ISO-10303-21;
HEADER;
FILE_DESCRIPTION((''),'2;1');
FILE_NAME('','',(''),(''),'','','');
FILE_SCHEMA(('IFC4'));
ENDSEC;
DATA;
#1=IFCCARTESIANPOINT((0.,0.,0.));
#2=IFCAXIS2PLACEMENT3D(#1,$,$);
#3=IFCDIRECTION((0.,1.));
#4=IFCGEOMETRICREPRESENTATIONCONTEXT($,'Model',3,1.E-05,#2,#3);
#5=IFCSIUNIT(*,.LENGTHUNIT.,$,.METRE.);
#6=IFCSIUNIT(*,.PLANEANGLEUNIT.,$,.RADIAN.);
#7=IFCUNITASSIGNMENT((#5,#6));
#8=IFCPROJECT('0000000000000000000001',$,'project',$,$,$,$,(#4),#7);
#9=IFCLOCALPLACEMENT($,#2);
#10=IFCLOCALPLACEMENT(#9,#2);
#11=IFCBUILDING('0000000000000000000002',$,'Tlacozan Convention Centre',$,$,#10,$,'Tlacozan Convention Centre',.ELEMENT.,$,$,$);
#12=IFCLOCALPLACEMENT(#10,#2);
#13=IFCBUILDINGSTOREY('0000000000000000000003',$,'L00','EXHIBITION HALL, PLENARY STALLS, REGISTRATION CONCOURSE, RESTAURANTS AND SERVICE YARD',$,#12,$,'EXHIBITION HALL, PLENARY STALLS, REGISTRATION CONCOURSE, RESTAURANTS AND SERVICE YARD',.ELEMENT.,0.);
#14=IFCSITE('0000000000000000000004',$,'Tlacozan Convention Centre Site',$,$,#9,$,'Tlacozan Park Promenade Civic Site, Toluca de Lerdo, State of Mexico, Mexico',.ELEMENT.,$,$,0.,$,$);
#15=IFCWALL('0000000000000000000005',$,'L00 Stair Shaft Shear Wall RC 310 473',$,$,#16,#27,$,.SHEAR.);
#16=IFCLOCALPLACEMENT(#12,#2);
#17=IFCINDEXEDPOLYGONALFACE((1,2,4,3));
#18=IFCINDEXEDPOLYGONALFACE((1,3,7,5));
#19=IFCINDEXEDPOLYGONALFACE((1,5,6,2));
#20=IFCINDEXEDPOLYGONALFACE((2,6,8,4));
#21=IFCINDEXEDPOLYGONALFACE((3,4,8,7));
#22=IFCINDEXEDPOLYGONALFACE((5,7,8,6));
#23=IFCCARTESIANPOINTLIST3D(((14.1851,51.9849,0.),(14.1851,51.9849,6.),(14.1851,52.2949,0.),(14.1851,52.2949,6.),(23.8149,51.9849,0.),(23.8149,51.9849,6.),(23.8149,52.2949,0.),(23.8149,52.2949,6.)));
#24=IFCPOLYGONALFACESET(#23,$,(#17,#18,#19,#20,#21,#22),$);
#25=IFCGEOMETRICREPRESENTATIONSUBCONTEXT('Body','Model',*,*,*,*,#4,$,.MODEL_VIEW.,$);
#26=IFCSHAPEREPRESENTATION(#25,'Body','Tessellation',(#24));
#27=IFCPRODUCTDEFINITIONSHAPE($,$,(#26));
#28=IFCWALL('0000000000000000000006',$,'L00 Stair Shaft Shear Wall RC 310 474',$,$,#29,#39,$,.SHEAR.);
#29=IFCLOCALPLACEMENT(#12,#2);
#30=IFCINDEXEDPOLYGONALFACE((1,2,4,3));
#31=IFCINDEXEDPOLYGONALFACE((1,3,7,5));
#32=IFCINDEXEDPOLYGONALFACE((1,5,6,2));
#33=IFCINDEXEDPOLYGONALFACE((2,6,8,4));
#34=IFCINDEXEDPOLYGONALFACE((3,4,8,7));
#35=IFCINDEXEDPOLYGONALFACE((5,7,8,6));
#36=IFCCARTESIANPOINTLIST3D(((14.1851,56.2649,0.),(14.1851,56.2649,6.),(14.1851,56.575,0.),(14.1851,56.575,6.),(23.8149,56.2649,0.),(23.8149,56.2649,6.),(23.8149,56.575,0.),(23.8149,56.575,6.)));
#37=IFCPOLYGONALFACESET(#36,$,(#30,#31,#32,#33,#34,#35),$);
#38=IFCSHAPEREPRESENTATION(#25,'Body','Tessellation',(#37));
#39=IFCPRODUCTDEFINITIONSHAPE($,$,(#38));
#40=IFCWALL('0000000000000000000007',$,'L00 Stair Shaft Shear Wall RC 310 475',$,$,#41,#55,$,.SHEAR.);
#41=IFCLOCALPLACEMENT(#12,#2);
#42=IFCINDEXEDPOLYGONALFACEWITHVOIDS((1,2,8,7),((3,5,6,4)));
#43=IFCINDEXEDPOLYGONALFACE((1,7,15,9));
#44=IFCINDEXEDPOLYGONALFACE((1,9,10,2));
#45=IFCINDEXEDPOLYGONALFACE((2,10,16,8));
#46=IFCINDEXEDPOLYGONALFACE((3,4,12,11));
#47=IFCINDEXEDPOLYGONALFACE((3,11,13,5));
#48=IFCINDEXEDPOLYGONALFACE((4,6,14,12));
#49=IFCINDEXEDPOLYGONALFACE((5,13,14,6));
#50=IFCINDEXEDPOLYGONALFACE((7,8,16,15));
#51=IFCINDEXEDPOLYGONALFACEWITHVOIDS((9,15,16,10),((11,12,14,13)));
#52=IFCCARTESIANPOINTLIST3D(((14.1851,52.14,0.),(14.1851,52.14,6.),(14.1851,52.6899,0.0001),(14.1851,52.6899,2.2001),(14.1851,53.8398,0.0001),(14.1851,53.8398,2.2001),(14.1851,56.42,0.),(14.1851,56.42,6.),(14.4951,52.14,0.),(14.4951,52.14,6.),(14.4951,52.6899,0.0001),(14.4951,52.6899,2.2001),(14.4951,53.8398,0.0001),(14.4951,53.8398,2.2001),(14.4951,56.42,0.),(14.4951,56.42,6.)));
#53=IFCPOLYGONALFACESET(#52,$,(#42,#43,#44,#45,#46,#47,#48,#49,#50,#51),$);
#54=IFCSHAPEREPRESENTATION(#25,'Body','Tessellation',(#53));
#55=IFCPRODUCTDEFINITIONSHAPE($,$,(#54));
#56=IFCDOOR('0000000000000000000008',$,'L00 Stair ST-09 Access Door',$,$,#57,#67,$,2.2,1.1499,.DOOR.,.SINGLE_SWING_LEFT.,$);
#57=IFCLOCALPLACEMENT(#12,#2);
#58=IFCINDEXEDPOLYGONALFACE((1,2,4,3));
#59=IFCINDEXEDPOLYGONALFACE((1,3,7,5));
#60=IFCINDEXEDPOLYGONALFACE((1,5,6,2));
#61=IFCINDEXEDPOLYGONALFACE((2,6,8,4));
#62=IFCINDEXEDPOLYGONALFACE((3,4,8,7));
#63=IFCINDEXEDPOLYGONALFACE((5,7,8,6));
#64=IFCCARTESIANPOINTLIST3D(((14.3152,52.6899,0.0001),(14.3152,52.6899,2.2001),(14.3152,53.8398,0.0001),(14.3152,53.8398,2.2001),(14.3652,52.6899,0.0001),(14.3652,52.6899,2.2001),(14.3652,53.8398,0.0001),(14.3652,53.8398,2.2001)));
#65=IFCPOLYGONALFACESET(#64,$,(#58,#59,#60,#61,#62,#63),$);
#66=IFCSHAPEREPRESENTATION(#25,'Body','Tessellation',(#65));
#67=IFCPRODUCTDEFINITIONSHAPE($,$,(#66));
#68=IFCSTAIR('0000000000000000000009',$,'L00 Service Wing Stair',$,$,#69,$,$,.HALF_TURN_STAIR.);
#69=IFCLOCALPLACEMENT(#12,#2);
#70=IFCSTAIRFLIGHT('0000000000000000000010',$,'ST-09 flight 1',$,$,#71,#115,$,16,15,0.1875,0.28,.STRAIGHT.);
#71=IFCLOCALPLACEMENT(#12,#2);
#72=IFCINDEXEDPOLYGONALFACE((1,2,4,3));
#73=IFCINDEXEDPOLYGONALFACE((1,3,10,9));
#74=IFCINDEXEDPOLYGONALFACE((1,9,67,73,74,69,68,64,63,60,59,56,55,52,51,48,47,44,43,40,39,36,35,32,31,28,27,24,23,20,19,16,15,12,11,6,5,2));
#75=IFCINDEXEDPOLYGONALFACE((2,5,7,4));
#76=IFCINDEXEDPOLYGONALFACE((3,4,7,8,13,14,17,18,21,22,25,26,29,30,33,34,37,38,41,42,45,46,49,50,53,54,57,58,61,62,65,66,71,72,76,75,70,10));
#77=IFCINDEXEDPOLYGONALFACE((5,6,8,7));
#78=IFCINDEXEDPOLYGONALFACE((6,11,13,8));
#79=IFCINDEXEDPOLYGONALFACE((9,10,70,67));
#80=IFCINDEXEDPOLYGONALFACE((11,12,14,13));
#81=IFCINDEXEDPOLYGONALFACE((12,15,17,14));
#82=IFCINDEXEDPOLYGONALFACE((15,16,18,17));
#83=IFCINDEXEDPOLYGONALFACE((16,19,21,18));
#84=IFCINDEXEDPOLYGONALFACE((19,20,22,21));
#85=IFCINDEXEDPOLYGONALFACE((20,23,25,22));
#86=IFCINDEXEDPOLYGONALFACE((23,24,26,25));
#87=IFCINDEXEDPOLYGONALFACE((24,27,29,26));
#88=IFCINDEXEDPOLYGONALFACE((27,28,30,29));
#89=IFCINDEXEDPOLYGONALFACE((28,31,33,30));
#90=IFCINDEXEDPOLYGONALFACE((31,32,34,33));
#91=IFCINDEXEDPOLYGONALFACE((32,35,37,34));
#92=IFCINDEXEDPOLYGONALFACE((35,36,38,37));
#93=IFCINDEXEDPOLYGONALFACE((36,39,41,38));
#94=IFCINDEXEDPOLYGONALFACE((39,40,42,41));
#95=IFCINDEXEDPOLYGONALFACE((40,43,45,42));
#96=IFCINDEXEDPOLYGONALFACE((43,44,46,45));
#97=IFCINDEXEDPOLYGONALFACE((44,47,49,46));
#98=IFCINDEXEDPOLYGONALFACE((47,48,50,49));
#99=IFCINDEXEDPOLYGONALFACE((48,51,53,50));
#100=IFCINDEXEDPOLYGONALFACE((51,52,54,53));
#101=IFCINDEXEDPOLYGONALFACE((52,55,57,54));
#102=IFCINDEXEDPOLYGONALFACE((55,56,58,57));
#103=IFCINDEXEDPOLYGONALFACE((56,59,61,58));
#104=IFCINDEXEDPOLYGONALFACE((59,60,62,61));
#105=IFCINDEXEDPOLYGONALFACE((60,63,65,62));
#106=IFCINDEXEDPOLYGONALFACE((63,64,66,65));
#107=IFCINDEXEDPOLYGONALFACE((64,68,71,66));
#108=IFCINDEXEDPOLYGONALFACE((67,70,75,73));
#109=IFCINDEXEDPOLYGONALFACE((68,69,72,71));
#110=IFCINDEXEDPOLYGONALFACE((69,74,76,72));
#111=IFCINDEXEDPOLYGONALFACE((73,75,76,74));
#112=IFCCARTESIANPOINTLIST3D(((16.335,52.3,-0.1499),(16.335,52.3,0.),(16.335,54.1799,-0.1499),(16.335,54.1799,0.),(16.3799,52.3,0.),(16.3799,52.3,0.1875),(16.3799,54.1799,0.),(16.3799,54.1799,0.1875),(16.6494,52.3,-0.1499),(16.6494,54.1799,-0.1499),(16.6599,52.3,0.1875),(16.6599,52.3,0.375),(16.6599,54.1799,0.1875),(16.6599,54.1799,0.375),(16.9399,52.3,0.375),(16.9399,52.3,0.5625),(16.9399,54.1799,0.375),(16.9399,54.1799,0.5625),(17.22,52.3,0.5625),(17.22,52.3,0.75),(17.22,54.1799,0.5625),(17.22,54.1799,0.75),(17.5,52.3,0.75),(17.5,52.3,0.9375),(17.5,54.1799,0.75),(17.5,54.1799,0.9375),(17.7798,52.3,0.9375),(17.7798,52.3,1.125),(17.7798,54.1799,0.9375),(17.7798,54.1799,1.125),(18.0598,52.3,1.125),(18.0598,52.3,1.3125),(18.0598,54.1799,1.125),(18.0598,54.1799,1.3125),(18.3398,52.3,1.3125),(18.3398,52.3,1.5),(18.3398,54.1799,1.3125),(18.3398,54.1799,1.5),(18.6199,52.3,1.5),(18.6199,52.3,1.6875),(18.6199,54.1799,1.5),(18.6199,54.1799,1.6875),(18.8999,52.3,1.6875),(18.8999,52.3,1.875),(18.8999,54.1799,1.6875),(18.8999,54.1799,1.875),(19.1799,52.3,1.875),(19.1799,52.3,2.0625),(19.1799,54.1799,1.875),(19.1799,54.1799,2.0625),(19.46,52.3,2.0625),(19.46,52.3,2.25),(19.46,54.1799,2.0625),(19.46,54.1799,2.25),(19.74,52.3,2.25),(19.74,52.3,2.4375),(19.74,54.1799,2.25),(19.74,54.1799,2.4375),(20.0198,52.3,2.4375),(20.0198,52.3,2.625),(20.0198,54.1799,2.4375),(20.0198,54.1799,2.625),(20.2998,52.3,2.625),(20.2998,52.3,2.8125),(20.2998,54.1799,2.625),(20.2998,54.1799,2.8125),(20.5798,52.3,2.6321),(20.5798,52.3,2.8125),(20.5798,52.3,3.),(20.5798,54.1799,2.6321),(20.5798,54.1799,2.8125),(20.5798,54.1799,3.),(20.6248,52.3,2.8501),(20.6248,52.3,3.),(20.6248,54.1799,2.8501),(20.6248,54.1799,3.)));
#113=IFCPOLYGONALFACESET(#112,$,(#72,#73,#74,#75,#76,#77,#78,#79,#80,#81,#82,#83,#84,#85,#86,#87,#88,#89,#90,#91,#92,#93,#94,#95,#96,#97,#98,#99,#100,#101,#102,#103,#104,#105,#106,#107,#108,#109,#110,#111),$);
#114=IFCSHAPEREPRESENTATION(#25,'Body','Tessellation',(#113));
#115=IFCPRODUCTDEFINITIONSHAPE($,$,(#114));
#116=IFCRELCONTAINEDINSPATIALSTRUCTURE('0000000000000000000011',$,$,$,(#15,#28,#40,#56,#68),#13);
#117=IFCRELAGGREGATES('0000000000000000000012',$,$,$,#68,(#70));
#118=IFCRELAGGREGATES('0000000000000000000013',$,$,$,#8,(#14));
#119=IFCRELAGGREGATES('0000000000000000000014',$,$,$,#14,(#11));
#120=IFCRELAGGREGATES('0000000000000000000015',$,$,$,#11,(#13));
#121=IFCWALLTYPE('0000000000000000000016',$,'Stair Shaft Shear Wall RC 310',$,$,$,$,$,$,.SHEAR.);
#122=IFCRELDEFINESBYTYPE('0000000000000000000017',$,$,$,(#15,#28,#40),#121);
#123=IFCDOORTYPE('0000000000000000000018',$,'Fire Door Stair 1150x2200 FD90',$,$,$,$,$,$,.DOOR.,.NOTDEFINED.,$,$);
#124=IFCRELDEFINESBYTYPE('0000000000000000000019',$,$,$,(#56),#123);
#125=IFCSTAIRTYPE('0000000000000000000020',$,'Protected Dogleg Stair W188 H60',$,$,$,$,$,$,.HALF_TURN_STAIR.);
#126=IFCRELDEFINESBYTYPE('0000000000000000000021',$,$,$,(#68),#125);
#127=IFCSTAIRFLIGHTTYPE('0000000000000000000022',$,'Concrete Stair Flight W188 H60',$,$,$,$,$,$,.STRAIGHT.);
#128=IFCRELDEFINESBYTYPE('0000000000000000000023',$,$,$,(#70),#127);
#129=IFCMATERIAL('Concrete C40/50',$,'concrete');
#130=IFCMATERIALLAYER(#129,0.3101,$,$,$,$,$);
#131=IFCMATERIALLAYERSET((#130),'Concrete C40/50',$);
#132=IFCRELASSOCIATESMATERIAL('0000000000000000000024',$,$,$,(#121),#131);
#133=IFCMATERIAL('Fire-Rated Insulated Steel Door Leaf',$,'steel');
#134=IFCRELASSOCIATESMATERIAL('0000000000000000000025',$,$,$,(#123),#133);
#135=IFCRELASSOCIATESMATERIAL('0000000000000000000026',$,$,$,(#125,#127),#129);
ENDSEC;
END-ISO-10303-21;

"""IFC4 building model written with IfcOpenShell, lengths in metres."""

from ifc_helpers import new_model, si_unit, direction, frame, frame_2d, origin, place, context, subcontext, project, spatial, polyline, rectangle, outline, extrude, material, layer, layer_set, type_object, element, fill, aggregate, save


model = new_model("IFC4")

# Units and contexts
model_context = context("Model", 3, precision=1e-05, world=origin(), true_north=direction((0.0, 1.0)))
body_context = subcontext(model_context, "Body", "Model", "MODEL_VIEW")
ifc_project = project(units=[si_unit("LENGTHUNIT", "METRE"), si_unit("PLANEANGLEUNIT", "RADIAN")], contexts=[model_context])

# Site, building, storey
site_placement = place(None, origin())
site = spatial("IfcSite", under=ifc_project, at=site_placement, Name="Tlacozan Convention Centre Site", LongName="Tlacozan Park Promenade Civic Site, Toluca de Lerdo, State of Mexico, Mexico", CompositionType="ELEMENT", RefElevation=0.0)
building_placement = place(site_placement, origin())
building = spatial("IfcBuilding", under=site, at=building_placement, Name="Tlacozan Convention Centre", LongName="Tlacozan Convention Centre", CompositionType="ELEMENT")
storey_placement = place(building_placement, origin())
storey = spatial("IfcBuildingStorey", under=building, at=storey_placement, Name="L00", Description="EXHIBITION HALL, PLENARY STALLS, REGISTRATION CONCOURSE, RESTAURANTS AND SERVICE YARD", LongName="EXHIBITION HALL, PLENARY STALLS, REGISTRATION CONCOURSE, RESTAURANTS AND SERVICE YARD", CompositionType="ELEMENT", Elevation=0.0)

# Walls
ifc_material_1 = material(Name="Concrete C40/50", Category="concrete")
ifc_layer = layer(ifc_material_1, 0.3101)
ifc_layer_set = layer_set([ifc_layer], Name="Concrete C40/50")
wall_type = type_object("IfcWallType", Name="Stair Shaft Shear Wall RC 310", PredefinedType="SHEAR", material=ifc_layer_set)
for number, where, z_axis, x_axis, name in (
    (1, (14.1851, 52.1399, 0.0), (0.0, 0.0, 1.0), (1.0, 0.0, 0.0), "L00 Stair Shaft Shear Wall RC 310 473"),
    (2, (14.1851, 56.4199, 0.0), (0.0, 0.0, 1.0), (1.0, 0.0, 0.0), "L00 Stair Shaft Shear Wall RC 310 474"),
):
    element("IfcWall", number, at=place(storey_placement, frame(where, z_axis=z_axis, x_axis=x_axis)), inside=storey, type_object=wall_type, Name=name, PredefinedType="SHEAR", context=body_context, shape_type="SweptSolid", body=[
        extrude(rectangle(XDim=9.6299, YDim=0.3101, at=frame_2d((4.8149, 0.0))), origin(), (0.0, 0.0, 1.0), 6.0),
    ])

# Wall, opening, door
wall_placement = place(storey_placement, frame((14.3401, 52.1399, 0.0), z_axis=(0.0, 0.0, 1.0), x_axis=(0.0, 1.0, 0.0)))
wall = element("IfcWall", 3, at=wall_placement, inside=storey, type_object=wall_type, Name="L00 Stair Shaft Shear Wall RC 310 475", PredefinedType="SHEAR", context=body_context, shape_type="SweptSolid", body=[
    extrude(rectangle(XDim=4.28, YDim=0.3101, at=frame_2d((2.1401, 0.0))), origin(), (0.0, 0.0, 1.0), 6.0),
])
opening_placement = place(wall_placement, frame((0.55, 0.0, 0.0)))
opening = element("IfcOpeningElement", 4, at=opening_placement, cuts=wall, PredefinedType="OPENING", context=body_context, shape_type="SweptSolid", body=[
    extrude(rectangle(XDim=1.1499, YDim=2.2, at=frame_2d((0.575, 1.1001))), frame((0.0, 0.165, 0.0), z_axis=(0.0, -1.0, 0.0), x_axis=(1.0, 0.0, 0.0)), (0.0, 0.0, 1.0), 0.3301),
])
ifc_material_2 = material(Name="Fire-Rated Insulated Steel Door Leaf", Category="steel")
door_type = type_object("IfcDoorType", Name="Fire Door Stair 1150x2200 FD90", OperationType="NOTDEFINED", PredefinedType="DOOR", material=ifc_material_2)
door_placement = place(opening_placement, origin())
door = element("IfcDoor", 5, at=door_placement, inside=storey, type_object=door_type, Name="L00 Stair ST-09 Access Door", OperationType="SINGLE_SWING_LEFT", OverallHeight=2.2, OverallWidth=1.1499, PredefinedType="DOOR", context=body_context, shape_type="SweptSolid", body=[
    extrude(rectangle(XDim=1.1499, YDim=2.2, at=frame_2d((0.575, 1.1001))), frame((0.0, 0.0249, 0.0), z_axis=(0.0, -1.0, 0.0), x_axis=(1.0, 0.0, 0.0)), (0.0, 0.0, 1.0), 0.05),
])
fill(opening, door)

# Stair, stair flight
stair_type = type_object("IfcStairType", Name="Protected Dogleg Stair W188 H60", PredefinedType="HALF_TURN_STAIR", material=ifc_material_1)
stair_placement = place(storey_placement, origin())
stair = element("IfcStair", 6, at=stair_placement, inside=storey, type_object=stair_type, Name="L00 Service Wing Stair", PredefinedType="HALF_TURN_STAIR")
stair_flight_type = type_object("IfcStairFlightType", Name="Concrete Stair Flight W188 H60", PredefinedType="STRAIGHT", material=ifc_material_1)
stair_flight_placement = place(storey_placement, frame((16.3799, 53.24, 0.0), z_axis=(0.0, 0.0, 1.0), x_axis=(1.0, 0.0, 0.0)))
stair_flight = element("IfcStairFlight", 7, at=stair_flight_placement, type_object=stair_flight_type, Name="ST-09 flight 1", NumberOfRisers=16, NumberOfTreads=15, PredefinedType="STRAIGHT", RiserHeight=0.1875, TreadLength=0.28, context=body_context, shape_type="SweptSolid", body=[
    extrude(outline(polyline([(-0.0449, -0.1499), (-0.0449, 0.0), (0.0, 0.0), (0.0, 0.1875), (0.28, 0.1875), (0.28, 0.375), (0.5601, 0.375), (0.5601, 0.5625), (0.8401, 0.5625), (0.8401, 0.75), (1.1201, 0.75), (1.1201, 0.9375), (1.3999, 0.9375), (1.3999, 1.125), (1.6799, 1.125), (1.6799, 1.3125), (1.96, 1.3125), (1.96, 1.5), (2.24, 1.5), (2.24, 1.6875), (2.52, 1.6875), (2.52, 1.875), (2.8, 1.875), (2.8, 2.0625), (3.0801, 2.0625), (3.0801, 2.25), (3.3601, 2.25), (3.3601, 2.4375), (3.6399, 2.4375), (3.6399, 2.625), (3.9199, 2.625), (3.9199, 2.8125), (4.2, 2.8125), (4.2, 3.0), (4.2449, 3.0), (4.2449, 2.8501), (4.2, 2.6321), (0.2695, -0.1499), (-0.0449, -0.1499)])), frame((0.0, 0.9399, 0.0), z_axis=(0.0, -1.0, 0.0), x_axis=(1.0, 0.0, 0.0)), (0.0, 0.0, 1.0), 1.8799),
])
aggregate(stair, [stair_flight])

save(model, "model.ifc")
